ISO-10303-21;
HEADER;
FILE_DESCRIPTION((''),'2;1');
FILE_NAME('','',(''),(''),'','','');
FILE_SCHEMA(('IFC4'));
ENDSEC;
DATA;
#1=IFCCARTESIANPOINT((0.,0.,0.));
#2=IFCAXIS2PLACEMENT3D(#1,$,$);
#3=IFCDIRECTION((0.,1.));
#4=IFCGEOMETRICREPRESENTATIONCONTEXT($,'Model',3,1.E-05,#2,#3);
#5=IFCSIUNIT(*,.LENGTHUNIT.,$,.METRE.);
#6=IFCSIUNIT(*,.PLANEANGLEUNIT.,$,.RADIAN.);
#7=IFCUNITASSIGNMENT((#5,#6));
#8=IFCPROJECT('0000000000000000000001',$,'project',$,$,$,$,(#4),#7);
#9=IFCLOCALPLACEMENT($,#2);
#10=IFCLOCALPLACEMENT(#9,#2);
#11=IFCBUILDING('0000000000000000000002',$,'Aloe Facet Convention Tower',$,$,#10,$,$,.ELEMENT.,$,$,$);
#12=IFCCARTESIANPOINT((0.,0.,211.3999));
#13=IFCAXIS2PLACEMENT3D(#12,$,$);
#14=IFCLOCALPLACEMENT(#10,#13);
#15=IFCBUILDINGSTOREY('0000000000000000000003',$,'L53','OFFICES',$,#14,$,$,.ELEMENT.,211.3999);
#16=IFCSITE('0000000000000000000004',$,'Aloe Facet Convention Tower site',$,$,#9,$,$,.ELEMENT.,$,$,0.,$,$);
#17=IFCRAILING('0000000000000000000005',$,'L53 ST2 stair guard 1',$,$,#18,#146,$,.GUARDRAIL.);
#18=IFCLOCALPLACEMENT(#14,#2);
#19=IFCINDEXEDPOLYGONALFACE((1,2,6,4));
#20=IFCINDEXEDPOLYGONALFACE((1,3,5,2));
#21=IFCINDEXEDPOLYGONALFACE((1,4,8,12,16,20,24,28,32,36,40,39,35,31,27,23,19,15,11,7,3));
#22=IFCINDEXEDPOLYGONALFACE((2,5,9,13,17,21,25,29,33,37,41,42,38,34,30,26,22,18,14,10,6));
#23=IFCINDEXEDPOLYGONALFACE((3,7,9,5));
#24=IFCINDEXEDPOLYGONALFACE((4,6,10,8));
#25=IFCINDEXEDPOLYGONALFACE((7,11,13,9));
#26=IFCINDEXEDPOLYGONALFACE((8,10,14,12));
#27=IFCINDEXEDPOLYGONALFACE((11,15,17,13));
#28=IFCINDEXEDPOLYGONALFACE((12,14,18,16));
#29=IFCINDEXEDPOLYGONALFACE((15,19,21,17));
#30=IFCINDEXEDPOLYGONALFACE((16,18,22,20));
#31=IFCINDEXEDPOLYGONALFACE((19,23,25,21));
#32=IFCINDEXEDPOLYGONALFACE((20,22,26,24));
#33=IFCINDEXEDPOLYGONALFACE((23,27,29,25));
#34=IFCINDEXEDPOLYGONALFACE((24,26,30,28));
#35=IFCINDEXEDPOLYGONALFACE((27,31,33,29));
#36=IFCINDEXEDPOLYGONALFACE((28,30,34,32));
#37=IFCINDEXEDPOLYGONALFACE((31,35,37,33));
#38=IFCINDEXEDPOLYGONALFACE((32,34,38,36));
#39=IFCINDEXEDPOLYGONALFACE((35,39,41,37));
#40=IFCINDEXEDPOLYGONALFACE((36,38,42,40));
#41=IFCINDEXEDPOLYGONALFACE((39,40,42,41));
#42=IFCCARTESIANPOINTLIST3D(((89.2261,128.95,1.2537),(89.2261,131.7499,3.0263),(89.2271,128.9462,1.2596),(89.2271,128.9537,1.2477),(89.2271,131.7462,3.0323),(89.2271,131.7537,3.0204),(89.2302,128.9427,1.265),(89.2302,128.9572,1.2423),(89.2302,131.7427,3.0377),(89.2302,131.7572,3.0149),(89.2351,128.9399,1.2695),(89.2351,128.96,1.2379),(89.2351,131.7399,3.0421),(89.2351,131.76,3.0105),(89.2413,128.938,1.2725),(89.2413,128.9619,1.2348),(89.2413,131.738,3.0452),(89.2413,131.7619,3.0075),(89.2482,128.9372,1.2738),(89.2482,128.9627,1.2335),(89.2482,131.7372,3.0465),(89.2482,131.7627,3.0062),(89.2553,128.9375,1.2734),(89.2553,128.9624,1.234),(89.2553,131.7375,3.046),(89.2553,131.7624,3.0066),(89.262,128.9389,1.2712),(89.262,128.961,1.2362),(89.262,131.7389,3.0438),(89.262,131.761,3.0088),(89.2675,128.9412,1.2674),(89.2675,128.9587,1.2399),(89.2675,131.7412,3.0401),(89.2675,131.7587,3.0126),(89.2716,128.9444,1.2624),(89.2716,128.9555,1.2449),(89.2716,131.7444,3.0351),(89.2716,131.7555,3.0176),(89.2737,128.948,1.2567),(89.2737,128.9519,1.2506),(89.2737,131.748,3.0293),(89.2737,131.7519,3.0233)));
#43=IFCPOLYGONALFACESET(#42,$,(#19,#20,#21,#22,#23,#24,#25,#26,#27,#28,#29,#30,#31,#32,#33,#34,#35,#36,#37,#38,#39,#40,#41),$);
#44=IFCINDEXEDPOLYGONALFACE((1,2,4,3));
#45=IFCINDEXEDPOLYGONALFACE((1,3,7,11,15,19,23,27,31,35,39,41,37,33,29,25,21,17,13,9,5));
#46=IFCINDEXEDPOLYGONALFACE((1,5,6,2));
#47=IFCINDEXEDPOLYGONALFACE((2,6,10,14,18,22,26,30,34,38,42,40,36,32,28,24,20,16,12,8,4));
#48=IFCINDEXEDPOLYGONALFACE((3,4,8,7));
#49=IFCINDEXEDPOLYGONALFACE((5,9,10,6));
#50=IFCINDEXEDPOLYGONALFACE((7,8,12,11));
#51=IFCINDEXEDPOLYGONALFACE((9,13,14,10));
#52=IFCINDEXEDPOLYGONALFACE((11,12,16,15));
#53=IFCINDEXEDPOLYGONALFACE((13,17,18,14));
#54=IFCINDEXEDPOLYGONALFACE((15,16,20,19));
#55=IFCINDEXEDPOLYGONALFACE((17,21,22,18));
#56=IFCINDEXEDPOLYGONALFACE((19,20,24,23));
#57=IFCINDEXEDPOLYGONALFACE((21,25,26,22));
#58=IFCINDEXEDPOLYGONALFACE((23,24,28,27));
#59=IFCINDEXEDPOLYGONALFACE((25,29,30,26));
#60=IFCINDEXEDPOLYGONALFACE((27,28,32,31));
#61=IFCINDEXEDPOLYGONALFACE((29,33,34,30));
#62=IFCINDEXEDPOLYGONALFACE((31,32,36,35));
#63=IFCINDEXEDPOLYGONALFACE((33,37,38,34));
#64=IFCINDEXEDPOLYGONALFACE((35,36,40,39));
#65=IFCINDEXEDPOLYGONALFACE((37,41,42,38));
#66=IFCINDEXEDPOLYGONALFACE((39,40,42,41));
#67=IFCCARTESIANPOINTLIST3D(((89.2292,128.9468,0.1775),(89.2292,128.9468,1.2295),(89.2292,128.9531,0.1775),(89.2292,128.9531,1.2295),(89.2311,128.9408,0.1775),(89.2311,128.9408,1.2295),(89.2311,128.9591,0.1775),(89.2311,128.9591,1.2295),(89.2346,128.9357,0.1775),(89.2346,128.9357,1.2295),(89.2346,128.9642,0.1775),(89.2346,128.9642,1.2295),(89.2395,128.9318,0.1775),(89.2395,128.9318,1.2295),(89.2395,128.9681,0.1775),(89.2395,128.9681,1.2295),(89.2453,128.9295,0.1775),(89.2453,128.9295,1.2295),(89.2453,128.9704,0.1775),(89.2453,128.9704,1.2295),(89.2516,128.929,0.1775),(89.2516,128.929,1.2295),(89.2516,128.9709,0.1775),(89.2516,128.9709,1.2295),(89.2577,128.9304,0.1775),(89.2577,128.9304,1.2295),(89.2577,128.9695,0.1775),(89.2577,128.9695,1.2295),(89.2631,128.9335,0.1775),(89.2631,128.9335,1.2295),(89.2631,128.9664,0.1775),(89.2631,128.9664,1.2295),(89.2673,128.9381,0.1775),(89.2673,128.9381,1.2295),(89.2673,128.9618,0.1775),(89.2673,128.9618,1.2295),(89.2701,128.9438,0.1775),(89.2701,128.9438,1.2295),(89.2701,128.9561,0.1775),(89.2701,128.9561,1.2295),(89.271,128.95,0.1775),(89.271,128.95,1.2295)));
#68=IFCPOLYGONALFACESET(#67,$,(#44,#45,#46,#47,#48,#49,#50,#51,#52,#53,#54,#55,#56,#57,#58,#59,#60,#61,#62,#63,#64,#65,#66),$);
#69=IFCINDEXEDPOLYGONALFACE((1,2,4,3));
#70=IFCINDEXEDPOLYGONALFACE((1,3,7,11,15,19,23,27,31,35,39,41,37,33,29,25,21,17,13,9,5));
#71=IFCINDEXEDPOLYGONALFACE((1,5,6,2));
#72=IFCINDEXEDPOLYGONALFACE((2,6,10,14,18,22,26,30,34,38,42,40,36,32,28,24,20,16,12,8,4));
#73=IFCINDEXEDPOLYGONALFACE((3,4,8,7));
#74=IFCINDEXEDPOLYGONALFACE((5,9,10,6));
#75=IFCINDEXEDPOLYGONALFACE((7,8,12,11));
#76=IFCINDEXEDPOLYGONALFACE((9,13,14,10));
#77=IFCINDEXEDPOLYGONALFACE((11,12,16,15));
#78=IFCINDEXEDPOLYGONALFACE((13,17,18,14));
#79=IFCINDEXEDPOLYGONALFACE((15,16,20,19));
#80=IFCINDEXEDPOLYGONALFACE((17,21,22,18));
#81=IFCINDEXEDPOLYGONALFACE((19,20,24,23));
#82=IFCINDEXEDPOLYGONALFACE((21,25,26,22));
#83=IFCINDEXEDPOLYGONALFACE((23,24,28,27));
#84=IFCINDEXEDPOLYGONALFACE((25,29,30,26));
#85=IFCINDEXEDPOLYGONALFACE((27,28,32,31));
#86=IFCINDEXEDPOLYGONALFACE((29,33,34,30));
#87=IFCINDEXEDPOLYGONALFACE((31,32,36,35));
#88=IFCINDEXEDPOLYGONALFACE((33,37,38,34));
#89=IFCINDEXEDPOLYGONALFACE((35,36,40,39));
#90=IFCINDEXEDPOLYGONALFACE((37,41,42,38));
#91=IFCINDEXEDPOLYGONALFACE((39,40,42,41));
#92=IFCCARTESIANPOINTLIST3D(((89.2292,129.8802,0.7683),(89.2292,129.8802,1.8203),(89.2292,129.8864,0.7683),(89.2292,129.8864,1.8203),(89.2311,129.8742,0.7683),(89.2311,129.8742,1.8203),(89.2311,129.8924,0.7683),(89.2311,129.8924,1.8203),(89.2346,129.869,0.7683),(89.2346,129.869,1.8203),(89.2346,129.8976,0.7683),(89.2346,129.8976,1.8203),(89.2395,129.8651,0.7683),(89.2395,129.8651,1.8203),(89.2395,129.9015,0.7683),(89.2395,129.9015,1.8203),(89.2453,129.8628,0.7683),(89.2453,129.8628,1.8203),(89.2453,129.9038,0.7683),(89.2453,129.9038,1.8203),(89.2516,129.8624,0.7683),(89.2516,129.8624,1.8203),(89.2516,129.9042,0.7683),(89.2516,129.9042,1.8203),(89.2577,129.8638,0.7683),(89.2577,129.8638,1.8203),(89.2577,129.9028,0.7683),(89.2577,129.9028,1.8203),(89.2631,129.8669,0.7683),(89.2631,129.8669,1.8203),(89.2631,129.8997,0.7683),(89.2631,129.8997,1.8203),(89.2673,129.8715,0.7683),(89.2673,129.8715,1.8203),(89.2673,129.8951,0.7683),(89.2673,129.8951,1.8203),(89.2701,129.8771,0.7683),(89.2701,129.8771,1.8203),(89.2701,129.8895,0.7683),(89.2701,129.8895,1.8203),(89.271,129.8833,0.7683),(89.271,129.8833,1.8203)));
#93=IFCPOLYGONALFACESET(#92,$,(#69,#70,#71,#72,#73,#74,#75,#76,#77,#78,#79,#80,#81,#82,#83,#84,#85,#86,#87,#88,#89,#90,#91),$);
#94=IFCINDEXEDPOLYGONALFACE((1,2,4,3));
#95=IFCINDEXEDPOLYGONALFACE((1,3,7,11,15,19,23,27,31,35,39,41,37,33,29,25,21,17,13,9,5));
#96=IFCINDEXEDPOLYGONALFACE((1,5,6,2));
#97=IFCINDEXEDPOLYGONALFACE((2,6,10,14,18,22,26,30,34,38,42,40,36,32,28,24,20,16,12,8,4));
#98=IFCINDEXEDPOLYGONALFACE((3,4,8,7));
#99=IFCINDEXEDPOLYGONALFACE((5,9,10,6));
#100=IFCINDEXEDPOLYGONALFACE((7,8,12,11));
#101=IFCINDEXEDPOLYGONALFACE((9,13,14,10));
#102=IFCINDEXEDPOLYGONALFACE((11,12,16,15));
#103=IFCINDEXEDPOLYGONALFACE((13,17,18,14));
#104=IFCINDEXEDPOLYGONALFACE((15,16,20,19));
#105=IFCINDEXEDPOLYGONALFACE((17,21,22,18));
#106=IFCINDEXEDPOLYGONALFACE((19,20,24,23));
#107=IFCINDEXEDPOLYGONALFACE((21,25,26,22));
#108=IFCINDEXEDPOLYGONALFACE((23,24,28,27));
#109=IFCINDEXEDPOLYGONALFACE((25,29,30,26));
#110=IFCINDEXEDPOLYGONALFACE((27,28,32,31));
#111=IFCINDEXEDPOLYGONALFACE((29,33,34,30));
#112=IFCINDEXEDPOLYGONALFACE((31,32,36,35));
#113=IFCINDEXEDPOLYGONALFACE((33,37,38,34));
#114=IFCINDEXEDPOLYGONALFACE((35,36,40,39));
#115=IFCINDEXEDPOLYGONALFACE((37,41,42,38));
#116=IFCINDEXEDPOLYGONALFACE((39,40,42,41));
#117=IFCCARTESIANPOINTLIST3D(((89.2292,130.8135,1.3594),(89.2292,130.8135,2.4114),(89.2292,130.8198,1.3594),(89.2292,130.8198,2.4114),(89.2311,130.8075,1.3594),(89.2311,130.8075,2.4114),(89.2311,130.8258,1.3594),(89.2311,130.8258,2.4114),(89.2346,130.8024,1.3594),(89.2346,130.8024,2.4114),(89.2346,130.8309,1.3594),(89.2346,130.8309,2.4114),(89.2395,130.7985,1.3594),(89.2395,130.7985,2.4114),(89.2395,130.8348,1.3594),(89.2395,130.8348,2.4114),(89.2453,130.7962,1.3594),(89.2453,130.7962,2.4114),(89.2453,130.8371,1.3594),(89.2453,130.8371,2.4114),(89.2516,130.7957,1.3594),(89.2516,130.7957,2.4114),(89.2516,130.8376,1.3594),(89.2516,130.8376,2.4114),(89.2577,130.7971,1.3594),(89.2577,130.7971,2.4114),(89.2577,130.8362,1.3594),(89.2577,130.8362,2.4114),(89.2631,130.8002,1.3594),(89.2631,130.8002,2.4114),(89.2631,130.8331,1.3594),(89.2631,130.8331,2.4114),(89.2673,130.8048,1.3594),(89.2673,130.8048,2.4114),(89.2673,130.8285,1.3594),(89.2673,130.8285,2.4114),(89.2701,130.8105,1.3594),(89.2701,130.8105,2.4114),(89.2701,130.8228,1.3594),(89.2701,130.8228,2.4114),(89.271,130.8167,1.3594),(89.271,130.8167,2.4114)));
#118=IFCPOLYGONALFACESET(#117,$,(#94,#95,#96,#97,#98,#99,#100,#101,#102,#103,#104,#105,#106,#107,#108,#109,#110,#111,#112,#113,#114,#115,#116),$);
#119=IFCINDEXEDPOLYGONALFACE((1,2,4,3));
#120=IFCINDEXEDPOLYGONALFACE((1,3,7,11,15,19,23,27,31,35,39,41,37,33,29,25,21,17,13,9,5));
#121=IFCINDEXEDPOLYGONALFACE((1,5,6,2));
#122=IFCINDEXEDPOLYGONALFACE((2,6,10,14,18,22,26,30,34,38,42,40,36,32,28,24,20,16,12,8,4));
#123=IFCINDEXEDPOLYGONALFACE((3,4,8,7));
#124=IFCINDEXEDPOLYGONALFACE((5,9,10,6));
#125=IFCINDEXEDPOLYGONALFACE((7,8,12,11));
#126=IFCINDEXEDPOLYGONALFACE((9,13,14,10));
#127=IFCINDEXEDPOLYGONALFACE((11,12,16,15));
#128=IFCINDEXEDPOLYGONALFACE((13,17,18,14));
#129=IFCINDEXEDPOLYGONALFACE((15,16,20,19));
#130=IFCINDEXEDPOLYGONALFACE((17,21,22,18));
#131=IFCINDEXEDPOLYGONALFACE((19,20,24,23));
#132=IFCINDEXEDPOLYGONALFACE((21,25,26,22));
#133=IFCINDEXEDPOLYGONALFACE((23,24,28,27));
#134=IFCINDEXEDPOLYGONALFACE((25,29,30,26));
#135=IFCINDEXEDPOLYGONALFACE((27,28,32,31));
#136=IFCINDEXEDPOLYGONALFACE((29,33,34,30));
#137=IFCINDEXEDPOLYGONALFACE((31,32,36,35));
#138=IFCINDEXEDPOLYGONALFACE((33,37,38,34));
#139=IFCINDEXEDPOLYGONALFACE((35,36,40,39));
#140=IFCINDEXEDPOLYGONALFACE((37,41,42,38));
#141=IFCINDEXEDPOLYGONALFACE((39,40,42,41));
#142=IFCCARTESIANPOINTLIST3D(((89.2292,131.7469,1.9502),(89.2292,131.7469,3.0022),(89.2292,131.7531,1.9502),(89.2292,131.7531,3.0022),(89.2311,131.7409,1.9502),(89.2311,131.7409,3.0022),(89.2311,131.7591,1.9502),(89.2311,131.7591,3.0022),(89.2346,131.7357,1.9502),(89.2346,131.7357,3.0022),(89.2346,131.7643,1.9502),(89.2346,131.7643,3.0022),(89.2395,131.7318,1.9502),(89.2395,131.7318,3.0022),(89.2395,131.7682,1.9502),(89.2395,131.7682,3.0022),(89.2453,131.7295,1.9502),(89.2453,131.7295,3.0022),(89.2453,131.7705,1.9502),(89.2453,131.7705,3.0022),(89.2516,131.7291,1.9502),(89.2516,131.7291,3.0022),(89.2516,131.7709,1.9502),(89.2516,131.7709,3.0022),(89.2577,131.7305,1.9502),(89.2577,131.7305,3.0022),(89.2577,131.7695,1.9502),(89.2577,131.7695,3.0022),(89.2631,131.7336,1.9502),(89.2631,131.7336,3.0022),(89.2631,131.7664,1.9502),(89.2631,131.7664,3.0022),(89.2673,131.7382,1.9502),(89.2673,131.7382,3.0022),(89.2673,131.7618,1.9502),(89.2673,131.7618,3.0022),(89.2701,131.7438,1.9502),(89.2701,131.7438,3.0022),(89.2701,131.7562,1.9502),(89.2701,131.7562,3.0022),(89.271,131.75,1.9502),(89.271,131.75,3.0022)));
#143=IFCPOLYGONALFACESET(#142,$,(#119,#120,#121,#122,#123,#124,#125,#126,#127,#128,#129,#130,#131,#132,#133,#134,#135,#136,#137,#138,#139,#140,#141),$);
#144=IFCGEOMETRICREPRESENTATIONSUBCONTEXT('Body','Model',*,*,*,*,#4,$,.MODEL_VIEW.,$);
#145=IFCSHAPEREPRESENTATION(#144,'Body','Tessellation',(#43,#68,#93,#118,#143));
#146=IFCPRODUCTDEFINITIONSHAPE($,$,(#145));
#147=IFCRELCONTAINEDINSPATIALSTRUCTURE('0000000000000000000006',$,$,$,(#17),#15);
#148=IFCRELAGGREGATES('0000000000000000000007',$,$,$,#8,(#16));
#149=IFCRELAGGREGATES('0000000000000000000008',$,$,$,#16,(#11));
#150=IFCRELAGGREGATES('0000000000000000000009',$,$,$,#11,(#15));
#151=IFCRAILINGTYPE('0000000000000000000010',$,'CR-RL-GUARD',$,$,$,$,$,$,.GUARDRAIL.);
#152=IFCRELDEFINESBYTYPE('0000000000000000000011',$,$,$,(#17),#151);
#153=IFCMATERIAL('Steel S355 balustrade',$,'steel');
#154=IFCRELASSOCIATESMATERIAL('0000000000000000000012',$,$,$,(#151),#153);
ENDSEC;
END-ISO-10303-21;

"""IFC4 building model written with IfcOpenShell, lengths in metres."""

from ifc_helpers import new_model, si_unit, direction, frame, origin, origin_2d, place, context, subcontext, project, spatial, circle, extrude, material, type_object, element, save


model = new_model("IFC4")

# Units and contexts
model_context = context("Model", 3, precision=1e-05, world=origin(), true_north=direction((0.0, 1.0)))
body_context = subcontext(model_context, "Body", "Model", "MODEL_VIEW")
ifc_project = project(units=[si_unit("LENGTHUNIT", "METRE"), si_unit("PLANEANGLEUNIT", "RADIAN")], contexts=[model_context])

# Site, building, storey
site_placement = place(None, origin())
site = spatial("IfcSite", under=ifc_project, at=site_placement, Name="Aloe Facet Convention Tower site", CompositionType="ELEMENT", RefElevation=0.0)
building_placement = place(site_placement, origin())
building = spatial("IfcBuilding", under=site, at=building_placement, Name="Aloe Facet Convention Tower", CompositionType="ELEMENT")
storey_placement = place(building_placement, frame((0.0, 0.0, 211.3999)))
storey = spatial("IfcBuildingStorey", under=building, at=storey_placement, Name="L53", Description="OFFICES", CompositionType="ELEMENT", Elevation=211.3999)

# Railing
ifc_material_1 = material(Name="Steel S355 balustrade", Category="steel")
railing_type_1 = type_object("IfcRailingType", Name="CR-RL-GUARD", PredefinedType="GUARDRAIL", material=ifc_material_1)
railing_1_placement = place(storey_placement, frame((89.25, 128.95, 0.1775)))
element("IfcRailing", 1, at=railing_1_placement, inside=storey, type_object=railing_type_1, Name="L53 ST2 stair guard 1", PredefinedType="GUARDRAIL", context=body_context, shape_type="SweptSolid", body=[
    extrude(circle(Radius=0.0239, at=origin_2d()), frame((0.0, 0.0, 1.0762), z_axis=(0.0, 0.844909, 0.53491), x_axis=(-1.0, 0.0, 0.0)), (0.0, 0.0, 1.0), 3.314),
    extrude(circle(Radius=0.021, at=origin_2d()), origin(), (0.0, 0.0, 1.0), 1.052),
    extrude(circle(Radius=0.021, at=origin_2d()), frame((0.0, 0.9333, 0.5908)), (0.0, 0.0, 1.0), 1.052),
    extrude(circle(Radius=0.021, at=origin_2d()), frame((0.0, 1.8667, 1.1819)), (0.0, 0.0, 1.0), 1.052),
    extrude(circle(Radius=0.021, at=origin_2d()), frame((0.0, 2.8, 1.7727)), (0.0, 0.0, 1.0), 1.052),
])

save(model, "model.ifc")
